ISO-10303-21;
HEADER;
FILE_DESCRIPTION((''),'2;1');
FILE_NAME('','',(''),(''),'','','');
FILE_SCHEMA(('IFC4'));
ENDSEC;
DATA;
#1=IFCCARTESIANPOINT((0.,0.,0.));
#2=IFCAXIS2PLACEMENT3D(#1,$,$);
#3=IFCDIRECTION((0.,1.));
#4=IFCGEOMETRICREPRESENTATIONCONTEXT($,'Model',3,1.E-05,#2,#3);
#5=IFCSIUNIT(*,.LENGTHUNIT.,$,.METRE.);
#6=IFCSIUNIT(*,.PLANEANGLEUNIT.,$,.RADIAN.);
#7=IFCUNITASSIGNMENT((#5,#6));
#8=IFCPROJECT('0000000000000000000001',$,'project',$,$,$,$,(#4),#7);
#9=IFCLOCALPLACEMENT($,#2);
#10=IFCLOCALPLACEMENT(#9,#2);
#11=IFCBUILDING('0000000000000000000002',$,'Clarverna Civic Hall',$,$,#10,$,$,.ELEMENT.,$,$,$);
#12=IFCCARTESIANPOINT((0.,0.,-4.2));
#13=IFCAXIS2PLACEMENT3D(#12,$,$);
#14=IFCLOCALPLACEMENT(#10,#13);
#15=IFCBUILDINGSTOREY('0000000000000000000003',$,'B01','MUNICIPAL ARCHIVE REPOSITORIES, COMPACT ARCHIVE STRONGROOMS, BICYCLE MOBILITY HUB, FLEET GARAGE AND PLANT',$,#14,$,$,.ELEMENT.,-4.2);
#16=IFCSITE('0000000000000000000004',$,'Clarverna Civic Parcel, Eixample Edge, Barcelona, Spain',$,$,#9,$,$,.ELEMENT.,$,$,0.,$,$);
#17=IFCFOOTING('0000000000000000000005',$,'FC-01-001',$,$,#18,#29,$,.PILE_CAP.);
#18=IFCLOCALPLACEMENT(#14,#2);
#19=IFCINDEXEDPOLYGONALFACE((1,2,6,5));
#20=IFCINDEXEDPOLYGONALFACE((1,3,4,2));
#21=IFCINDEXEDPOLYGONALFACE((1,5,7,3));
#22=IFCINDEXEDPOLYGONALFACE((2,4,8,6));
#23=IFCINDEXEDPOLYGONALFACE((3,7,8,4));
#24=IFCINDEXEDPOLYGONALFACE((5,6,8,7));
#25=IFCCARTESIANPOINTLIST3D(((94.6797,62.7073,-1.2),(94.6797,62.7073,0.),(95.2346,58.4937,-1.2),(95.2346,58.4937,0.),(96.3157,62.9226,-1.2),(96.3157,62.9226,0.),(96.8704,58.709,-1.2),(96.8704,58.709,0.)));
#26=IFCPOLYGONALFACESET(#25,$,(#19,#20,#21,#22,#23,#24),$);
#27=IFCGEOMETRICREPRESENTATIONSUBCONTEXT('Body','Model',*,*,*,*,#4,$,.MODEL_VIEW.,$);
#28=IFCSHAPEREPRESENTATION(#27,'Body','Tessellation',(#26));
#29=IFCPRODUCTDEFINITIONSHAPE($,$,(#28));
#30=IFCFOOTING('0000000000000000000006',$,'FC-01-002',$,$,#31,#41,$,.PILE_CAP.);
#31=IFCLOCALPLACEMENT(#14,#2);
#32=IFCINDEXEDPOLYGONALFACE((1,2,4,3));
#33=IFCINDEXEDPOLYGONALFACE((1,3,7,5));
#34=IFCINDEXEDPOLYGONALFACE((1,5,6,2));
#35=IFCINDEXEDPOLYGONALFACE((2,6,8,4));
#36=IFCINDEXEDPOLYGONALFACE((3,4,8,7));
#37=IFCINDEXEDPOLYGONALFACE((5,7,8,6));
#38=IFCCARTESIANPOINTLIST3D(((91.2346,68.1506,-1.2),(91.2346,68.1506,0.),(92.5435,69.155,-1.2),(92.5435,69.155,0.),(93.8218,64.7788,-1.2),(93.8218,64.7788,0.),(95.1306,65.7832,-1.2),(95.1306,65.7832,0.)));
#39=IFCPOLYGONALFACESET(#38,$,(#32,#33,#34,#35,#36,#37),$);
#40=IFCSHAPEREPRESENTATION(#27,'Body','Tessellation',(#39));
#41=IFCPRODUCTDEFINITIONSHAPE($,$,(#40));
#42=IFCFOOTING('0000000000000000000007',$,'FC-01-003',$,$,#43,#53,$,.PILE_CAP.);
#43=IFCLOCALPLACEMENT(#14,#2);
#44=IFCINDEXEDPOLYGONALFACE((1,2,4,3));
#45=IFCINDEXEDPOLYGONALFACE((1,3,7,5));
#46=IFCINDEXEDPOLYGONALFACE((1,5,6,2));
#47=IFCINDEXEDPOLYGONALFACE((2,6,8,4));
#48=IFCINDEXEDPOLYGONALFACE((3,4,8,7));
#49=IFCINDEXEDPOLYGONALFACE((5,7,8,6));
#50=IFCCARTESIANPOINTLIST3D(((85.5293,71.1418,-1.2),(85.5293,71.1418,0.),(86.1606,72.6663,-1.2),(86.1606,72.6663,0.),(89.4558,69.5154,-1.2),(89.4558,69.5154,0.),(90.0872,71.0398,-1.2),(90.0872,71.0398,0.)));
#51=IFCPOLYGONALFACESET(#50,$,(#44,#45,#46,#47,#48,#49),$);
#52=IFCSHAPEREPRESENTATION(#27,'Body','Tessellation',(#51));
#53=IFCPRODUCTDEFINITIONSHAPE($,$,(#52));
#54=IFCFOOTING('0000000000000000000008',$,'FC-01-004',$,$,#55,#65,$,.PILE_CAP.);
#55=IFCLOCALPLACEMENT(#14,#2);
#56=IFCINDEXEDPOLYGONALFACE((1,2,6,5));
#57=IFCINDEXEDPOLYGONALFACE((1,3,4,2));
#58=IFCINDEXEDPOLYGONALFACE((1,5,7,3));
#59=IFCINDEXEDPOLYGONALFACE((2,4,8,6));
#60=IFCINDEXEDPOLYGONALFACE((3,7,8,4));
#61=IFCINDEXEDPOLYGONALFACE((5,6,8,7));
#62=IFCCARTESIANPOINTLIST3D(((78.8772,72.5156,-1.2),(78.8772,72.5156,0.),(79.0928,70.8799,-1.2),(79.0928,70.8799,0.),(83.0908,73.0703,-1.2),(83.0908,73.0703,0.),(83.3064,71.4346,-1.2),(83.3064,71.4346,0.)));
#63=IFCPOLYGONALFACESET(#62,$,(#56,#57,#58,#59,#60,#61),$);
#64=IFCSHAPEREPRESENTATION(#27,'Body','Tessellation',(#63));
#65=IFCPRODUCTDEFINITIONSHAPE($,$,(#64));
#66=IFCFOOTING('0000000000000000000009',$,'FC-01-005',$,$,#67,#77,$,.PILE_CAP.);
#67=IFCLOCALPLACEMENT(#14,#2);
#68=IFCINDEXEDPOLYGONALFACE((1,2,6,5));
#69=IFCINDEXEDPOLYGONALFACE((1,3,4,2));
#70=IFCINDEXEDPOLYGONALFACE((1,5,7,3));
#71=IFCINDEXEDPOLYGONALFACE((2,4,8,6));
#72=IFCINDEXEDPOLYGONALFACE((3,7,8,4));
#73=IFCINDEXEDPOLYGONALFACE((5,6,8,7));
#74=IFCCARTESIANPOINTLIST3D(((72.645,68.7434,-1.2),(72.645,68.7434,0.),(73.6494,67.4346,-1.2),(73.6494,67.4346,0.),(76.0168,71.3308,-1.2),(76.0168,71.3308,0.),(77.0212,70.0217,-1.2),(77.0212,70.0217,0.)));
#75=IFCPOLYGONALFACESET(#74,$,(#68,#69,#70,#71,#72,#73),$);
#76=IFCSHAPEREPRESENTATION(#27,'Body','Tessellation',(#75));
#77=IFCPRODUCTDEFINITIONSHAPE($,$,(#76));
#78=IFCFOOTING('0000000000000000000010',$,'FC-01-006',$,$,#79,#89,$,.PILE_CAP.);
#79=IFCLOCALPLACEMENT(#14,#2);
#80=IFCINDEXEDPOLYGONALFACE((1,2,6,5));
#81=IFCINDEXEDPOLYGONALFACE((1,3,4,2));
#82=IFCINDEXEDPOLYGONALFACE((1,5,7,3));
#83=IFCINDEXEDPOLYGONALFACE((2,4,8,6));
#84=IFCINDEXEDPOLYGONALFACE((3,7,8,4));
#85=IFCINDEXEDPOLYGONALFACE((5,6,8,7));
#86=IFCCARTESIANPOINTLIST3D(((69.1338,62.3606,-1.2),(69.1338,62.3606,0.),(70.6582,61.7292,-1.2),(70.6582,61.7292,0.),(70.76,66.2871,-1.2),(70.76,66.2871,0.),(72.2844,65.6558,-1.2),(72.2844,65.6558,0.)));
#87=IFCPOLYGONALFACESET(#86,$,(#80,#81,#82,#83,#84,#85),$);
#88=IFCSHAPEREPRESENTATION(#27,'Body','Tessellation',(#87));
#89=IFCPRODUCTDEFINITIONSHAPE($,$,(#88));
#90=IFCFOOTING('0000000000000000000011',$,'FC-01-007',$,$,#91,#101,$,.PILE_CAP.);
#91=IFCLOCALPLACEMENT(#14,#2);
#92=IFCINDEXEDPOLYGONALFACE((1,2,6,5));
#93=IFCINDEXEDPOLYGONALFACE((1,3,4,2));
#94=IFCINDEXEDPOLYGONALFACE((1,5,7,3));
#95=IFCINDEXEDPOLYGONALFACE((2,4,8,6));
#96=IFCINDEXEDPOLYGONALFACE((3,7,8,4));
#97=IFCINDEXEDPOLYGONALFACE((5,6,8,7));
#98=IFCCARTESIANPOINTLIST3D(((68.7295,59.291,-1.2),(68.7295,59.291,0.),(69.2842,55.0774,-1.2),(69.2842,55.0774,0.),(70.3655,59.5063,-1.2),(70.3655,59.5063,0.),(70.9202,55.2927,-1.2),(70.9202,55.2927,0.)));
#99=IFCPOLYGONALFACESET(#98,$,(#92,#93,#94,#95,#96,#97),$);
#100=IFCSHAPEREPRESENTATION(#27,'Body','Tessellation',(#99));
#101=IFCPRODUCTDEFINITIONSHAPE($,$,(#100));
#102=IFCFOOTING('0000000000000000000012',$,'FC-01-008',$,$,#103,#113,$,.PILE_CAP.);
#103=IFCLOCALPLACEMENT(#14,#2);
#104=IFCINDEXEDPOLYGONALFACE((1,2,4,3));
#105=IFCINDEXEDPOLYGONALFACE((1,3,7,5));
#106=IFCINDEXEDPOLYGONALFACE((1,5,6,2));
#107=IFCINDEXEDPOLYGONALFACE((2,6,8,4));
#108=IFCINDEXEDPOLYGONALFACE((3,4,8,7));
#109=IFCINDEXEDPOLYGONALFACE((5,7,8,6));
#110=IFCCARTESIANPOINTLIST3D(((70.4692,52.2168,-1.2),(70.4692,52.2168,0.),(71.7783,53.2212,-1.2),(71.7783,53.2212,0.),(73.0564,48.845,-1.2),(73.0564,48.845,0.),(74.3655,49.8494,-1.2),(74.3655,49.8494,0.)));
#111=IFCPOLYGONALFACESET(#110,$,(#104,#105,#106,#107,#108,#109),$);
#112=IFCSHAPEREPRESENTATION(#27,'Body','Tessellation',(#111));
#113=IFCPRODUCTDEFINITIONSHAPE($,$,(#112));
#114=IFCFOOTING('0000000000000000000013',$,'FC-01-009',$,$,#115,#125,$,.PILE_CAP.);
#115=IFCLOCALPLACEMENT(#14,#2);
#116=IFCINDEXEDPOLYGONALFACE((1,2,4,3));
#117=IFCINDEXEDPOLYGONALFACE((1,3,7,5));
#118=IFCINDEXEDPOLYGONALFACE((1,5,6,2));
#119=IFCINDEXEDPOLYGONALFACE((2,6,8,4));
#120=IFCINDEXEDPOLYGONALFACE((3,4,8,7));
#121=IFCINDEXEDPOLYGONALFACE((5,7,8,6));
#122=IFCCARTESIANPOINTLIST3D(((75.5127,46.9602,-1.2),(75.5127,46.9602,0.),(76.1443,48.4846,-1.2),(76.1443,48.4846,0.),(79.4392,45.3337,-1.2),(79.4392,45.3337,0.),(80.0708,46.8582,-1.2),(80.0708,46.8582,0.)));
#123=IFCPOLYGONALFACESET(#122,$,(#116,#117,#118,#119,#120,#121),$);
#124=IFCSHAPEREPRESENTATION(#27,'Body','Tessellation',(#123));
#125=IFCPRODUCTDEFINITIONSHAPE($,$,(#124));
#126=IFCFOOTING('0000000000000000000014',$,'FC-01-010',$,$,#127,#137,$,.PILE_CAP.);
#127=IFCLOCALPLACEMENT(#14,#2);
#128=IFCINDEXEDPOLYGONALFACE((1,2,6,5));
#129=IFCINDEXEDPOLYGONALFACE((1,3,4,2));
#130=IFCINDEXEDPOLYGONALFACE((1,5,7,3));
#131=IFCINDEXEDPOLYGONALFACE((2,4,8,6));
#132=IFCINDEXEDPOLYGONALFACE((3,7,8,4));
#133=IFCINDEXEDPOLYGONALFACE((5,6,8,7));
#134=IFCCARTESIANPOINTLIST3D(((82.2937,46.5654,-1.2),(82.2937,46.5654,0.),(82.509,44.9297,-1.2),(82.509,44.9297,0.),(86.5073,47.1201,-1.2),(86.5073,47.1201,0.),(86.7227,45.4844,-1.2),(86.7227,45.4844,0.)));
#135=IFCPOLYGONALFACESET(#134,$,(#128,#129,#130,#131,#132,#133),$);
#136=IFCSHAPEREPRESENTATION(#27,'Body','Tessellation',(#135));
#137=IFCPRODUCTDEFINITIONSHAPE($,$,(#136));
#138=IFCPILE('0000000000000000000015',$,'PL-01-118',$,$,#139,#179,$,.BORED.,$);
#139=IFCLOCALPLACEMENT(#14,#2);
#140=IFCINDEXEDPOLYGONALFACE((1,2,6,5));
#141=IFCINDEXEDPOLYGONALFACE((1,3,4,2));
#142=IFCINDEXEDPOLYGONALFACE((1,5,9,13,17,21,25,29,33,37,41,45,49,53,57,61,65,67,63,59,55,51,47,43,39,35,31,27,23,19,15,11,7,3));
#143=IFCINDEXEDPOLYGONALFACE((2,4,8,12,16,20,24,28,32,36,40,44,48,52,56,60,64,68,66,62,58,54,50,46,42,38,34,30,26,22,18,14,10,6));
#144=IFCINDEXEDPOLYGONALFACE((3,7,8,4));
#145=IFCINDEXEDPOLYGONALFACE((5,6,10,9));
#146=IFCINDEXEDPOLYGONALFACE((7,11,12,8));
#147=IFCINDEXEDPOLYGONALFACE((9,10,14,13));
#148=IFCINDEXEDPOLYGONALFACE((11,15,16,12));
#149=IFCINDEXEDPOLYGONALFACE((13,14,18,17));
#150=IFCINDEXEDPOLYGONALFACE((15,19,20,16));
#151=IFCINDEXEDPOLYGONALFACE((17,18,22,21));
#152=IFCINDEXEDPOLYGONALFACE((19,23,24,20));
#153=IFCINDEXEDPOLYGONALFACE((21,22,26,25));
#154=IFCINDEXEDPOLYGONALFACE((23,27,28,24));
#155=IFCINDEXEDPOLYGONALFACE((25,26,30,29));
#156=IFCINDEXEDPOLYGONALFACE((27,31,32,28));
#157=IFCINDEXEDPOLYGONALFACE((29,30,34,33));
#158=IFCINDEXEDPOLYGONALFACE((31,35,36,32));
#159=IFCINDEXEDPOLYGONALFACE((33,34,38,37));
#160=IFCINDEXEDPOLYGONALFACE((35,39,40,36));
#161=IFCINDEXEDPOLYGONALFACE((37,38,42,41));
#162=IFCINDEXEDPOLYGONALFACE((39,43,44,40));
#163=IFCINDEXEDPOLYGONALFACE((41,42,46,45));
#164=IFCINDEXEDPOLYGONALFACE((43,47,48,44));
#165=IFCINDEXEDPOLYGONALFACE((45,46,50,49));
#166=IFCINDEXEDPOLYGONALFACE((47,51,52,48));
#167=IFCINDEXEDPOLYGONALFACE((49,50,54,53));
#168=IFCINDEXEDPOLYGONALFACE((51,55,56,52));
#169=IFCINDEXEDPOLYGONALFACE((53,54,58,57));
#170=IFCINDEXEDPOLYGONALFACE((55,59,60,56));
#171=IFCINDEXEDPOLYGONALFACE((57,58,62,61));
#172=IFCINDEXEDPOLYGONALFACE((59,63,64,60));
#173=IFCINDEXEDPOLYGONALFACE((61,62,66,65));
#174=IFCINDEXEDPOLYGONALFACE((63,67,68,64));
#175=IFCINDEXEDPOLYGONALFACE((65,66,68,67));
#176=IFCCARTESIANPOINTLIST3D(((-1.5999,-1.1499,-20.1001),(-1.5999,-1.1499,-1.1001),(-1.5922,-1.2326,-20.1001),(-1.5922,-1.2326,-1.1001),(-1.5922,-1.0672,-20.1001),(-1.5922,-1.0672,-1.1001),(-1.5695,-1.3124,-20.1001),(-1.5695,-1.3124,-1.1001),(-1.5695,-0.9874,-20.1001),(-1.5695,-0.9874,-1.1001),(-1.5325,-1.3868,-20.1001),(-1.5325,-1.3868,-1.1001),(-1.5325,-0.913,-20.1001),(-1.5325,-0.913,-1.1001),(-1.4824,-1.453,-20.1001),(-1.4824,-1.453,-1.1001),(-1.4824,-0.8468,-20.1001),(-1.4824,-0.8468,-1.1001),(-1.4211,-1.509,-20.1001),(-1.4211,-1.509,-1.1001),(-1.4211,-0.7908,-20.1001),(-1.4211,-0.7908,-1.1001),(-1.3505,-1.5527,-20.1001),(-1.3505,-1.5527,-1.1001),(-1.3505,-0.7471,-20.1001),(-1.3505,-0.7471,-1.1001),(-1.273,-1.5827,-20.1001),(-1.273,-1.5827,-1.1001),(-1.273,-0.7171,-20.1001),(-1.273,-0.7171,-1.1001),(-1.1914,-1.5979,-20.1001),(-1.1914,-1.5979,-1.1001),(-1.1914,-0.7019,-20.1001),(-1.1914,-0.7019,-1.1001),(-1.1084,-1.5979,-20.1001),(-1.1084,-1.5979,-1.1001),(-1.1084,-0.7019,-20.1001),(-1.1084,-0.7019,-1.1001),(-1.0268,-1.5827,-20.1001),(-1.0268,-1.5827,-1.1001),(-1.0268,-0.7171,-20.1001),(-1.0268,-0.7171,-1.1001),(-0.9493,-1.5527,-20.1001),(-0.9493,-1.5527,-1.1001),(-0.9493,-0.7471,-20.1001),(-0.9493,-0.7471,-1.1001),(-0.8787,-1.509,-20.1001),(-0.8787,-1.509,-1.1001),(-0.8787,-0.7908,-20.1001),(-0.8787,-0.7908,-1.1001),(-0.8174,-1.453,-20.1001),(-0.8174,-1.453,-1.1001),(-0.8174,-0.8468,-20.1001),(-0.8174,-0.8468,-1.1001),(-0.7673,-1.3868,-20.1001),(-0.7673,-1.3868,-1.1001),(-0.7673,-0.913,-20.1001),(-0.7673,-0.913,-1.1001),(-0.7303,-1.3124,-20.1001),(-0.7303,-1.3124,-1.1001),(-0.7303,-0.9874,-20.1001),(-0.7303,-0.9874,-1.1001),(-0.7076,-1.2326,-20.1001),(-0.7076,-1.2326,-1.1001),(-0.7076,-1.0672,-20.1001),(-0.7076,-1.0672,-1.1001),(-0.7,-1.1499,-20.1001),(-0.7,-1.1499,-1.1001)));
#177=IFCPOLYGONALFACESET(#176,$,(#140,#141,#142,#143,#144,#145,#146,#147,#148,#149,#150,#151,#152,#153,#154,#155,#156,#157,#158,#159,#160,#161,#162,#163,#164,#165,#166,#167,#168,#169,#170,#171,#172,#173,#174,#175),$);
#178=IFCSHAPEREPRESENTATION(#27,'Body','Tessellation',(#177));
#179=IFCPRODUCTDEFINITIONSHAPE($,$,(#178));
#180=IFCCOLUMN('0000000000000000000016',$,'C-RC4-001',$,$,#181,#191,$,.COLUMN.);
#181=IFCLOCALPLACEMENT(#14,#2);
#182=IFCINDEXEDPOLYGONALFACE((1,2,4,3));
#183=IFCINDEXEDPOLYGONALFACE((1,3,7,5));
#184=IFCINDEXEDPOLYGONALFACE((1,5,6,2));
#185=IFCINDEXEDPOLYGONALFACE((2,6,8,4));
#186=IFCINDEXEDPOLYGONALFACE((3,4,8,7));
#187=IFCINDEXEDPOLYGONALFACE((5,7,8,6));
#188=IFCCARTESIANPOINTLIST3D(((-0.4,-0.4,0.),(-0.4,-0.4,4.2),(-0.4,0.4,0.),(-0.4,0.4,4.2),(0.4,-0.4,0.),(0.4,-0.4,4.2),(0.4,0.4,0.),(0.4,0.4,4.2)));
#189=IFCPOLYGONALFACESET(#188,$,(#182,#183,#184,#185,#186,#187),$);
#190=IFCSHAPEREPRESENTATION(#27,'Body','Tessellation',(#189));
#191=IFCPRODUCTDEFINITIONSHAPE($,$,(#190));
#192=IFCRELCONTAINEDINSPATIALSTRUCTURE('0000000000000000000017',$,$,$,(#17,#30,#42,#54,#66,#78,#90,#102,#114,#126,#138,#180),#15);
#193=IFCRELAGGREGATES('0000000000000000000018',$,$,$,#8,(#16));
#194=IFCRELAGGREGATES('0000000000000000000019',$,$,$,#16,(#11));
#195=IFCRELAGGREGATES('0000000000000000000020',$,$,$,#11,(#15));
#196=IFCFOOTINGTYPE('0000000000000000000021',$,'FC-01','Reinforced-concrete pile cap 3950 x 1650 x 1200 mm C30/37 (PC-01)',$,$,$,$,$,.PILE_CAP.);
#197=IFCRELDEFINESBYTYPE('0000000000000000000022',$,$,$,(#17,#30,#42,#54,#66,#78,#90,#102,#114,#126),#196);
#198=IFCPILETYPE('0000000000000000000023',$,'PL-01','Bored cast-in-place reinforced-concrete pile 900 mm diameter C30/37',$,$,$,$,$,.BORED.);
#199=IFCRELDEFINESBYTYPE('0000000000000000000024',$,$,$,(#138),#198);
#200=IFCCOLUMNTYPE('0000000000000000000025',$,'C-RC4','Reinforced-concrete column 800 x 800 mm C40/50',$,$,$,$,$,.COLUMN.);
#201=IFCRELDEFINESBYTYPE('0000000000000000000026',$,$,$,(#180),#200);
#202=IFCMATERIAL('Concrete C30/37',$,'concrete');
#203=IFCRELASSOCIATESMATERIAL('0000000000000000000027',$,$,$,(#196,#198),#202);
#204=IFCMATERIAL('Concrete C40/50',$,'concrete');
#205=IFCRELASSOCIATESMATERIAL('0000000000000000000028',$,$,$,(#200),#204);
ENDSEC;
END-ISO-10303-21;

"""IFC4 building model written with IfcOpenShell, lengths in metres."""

from ifc_helpers import new_model, si_unit, direction, frame, origin, origin_with_axes, origin_2d, place, context, subcontext, project, spatial, polyline, rectangle, circle, outline, extrude, material, material_profile, profile_set, type_object, element, save


model = new_model("IFC4")

# Units and contexts
model_context = context("Model", 3, precision=1e-05, world=origin(), true_north=direction((0.0, 1.0)))
body_context = subcontext(model_context, "Body", "Model", "MODEL_VIEW")
ifc_project = project(units=[si_unit("LENGTHUNIT", "METRE"), si_unit("PLANEANGLEUNIT", "RADIAN")], contexts=[model_context])

# Site, building, storey
site_placement = place(None, origin())
site = spatial("IfcSite", under=ifc_project, at=site_placement, Name="Clarverna Civic Parcel, Eixample Edge, Barcelona, Spain", CompositionType="ELEMENT", RefElevation=0.0)
building_placement = place(site_placement, origin())
building = spatial("IfcBuilding", under=site, at=building_placement, Name="Clarverna Civic Hall", CompositionType="ELEMENT")
storey_placement = place(building_placement, frame((0.0, 0.0, -4.2)))
storey = spatial("IfcBuildingStorey", under=building, at=storey_placement, Name="B01", Description="MUNICIPAL ARCHIVE REPOSITORIES, COMPACT ARCHIVE STRONGROOMS, BICYCLE MOBILITY HUB, FLEET GARAGE AND PLANT", CompositionType="ELEMENT", Elevation=-4.2)

# Footings
ifc_material_1 = material(Name="Concrete C30/37", Category="concrete")
footing_type = type_object("IfcFootingType", Name="FC-01", Description="Reinforced-concrete pile cap 3950 x 1650 x 1200 mm C30/37 (PC-01)", PredefinedType="PILE_CAP", material=ifc_material_1)
footing_1_placement = place(storey_placement, frame((0.0, 0.0, -1.2)))
element("IfcFooting", 1, at=footing_1_placement, inside=storey, type_object=footing_type, Name="FC-01-001", PredefinedType="PILE_CAP", context=body_context, shape_type="SweptSolid", body=[
    extrude(outline(polyline([(96.8704, 58.709), (96.3157, 62.9226), (94.6797, 62.7073), (95.2346, 58.4937), (96.8704, 58.709)])), origin(), (0.0, 0.0, 1.0), 1.2),
])
footing_2_placement = place(storey_placement, frame((0.0, 0.0, -1.2)))
element("IfcFooting", 2, at=footing_2_placement, inside=storey, type_object=footing_type, Name="FC-01-002", PredefinedType="PILE_CAP", context=body_context, shape_type="SweptSolid", body=[
    extrude(outline(polyline([(95.1306, 65.7832), (92.5435, 69.155), (91.2346, 68.1506), (93.8218, 64.7788), (95.1306, 65.7832)])), origin(), (0.0, 0.0, 1.0), 1.2),
])
footing_3_placement = place(storey_placement, frame((0.0, 0.0, -1.2)))
element("IfcFooting", 3, at=footing_3_placement, inside=storey, type_object=footing_type, Name="FC-01-003", PredefinedType="PILE_CAP", context=body_context, shape_type="SweptSolid", body=[
    extrude(outline(polyline([(90.0872, 71.0398), (86.1606, 72.6663), (85.5293, 71.1418), (89.4558, 69.5154), (90.0872, 71.0398)])), origin(), (0.0, 0.0, 1.0), 1.2),
])
footing_4_placement = place(storey_placement, frame((0.0, 0.0, -1.2)))
element("IfcFooting", 4, at=footing_4_placement, inside=storey, type_object=footing_type, Name="FC-01-004", PredefinedType="PILE_CAP", context=body_context, shape_type="SweptSolid", body=[
    extrude(outline(polyline([(83.0908, 73.0703), (78.8772, 72.5156), (79.0928, 70.8799), (83.3064, 71.4346), (83.0908, 73.0703)])), origin(), (0.0, 0.0, 1.0), 1.2),
])
footing_5_placement = place(storey_placement, frame((0.0, 0.0, -1.2)))
element("IfcFooting", 5, at=footing_5_placement, inside=storey, type_object=footing_type, Name="FC-01-005", PredefinedType="PILE_CAP", context=body_context, shape_type="SweptSolid", body=[
    extrude(outline(polyline([(76.0168, 71.3308), (72.645, 68.7434), (73.6494, 67.4346), (77.0212, 70.0217), (76.0168, 71.3308)])), origin(), (0.0, 0.0, 1.0), 1.2),
])
footing_6_placement = place(storey_placement, frame((0.0, 0.0, -1.2)))
element("IfcFooting", 6, at=footing_6_placement, inside=storey, type_object=footing_type, Name="FC-01-006", PredefinedType="PILE_CAP", context=body_context, shape_type="SweptSolid", body=[
    extrude(outline(polyline([(70.76, 66.2871), (69.1338, 62.3606), (70.6582, 61.7292), (72.2844, 65.6558), (70.76, 66.2871)])), origin(), (0.0, 0.0, 1.0), 1.2),
])
footing_7_placement = place(storey_placement, frame((0.0, 0.0, -1.2)))
element("IfcFooting", 7, at=footing_7_placement, inside=storey, type_object=footing_type, Name="FC-01-007", PredefinedType="PILE_CAP", context=body_context, shape_type="SweptSolid", body=[
    extrude(outline(polyline([(68.7295, 59.291), (69.2842, 55.0774), (70.9202, 55.2927), (70.3655, 59.5063), (68.7295, 59.291)])), origin(), (0.0, 0.0, 1.0), 1.2),
])
footing_8_placement = place(storey_placement, frame((0.0, 0.0, -1.2)))
element("IfcFooting", 8, at=footing_8_placement, inside=storey, type_object=footing_type, Name="FC-01-008", PredefinedType="PILE_CAP", context=body_context, shape_type="SweptSolid", body=[
    extrude(outline(polyline([(70.4692, 52.2168), (73.0564, 48.845), (74.3655, 49.8494), (71.7783, 53.2212), (70.4692, 52.2168)])), origin(), (0.0, 0.0, 1.0), 1.2),
])
footing_9_placement = place(storey_placement, frame((0.0, 0.0, -1.2)))
element("IfcFooting", 9, at=footing_9_placement, inside=storey, type_object=footing_type, Name="FC-01-009", PredefinedType="PILE_CAP", context=body_context, shape_type="SweptSolid", body=[
    extrude(outline(polyline([(75.5127, 46.9602), (79.4392, 45.3337), (80.0708, 46.8582), (76.1443, 48.4846), (75.5127, 46.9602)])), origin(), (0.0, 0.0, 1.0), 1.2),
])
footing_10_placement = place(storey_placement, frame((0.0, 0.0, -1.2)))
element("IfcFooting", 10, at=footing_10_placement, inside=storey, type_object=footing_type, Name="FC-01-010", PredefinedType="PILE_CAP", context=body_context, shape_type="SweptSolid", body=[
    extrude(outline(polyline([(82.509, 44.9297), (86.7227, 45.4844), (86.5073, 47.1201), (82.2937, 46.5654), (82.509, 44.9297)])), origin(), (0.0, 0.0, 1.0), 1.2),
])

# Pile
ifc_material_profile_1 = material_profile(ifc_material_1, circle(Radius=0.45, at=origin_2d()), Name="BORED PILE D900")
ifc_profile_set_1 = profile_set([ifc_material_profile_1], Name="Concrete C30/37")
pile_type = type_object("IfcPileType", Name="PL-01", Description="Bored cast-in-place reinforced-concrete pile 900 mm diameter C30/37", PredefinedType="BORED", material=ifc_profile_set_1)
pile_placement = place(storey_placement, frame((-1.1499, -1.1499, -1.1001), z_axis=(0.0, 0.0, -1.0), x_axis=(1.0, 0.0, 0.0)))
element("IfcPile", 11, at=pile_placement, inside=storey, type_object=pile_type, Name="PL-01-118", PredefinedType="BORED", context=body_context, shape_type="SweptSolid", body=[
    extrude(circle(Radius=0.45, at=origin_2d()), origin(), (0.0, 0.0, 1.0), 19.0),
])

# Column
ifc_material_2 = material(Name="Concrete C40/50", Category="concrete")
ifc_material_profile_2 = material_profile(ifc_material_2, rectangle(XDim=0.8, YDim=0.8, at=origin_2d()), Name="RC 800x800")
ifc_profile_set_2 = profile_set([ifc_material_profile_2], Name="Concrete C40/50")
column_type = type_object("IfcColumnType", Name="C-RC4", Description="Reinforced-concrete column 800 x 800 mm C40/50", PredefinedType="COLUMN", material=ifc_profile_set_2)
column_placement = place(storey_placement, origin_with_axes())
element("IfcColumn", 12, at=column_placement, inside=storey, type_object=column_type, Name="C-RC4-001", PredefinedType="COLUMN", context=body_context, shape_type="SweptSolid", body=[
    extrude(rectangle(XDim=0.8, YDim=0.8, at=origin_2d()), origin(), (0.0, 0.0, 1.0), 4.2),
])

save(model, "model.ifc")
